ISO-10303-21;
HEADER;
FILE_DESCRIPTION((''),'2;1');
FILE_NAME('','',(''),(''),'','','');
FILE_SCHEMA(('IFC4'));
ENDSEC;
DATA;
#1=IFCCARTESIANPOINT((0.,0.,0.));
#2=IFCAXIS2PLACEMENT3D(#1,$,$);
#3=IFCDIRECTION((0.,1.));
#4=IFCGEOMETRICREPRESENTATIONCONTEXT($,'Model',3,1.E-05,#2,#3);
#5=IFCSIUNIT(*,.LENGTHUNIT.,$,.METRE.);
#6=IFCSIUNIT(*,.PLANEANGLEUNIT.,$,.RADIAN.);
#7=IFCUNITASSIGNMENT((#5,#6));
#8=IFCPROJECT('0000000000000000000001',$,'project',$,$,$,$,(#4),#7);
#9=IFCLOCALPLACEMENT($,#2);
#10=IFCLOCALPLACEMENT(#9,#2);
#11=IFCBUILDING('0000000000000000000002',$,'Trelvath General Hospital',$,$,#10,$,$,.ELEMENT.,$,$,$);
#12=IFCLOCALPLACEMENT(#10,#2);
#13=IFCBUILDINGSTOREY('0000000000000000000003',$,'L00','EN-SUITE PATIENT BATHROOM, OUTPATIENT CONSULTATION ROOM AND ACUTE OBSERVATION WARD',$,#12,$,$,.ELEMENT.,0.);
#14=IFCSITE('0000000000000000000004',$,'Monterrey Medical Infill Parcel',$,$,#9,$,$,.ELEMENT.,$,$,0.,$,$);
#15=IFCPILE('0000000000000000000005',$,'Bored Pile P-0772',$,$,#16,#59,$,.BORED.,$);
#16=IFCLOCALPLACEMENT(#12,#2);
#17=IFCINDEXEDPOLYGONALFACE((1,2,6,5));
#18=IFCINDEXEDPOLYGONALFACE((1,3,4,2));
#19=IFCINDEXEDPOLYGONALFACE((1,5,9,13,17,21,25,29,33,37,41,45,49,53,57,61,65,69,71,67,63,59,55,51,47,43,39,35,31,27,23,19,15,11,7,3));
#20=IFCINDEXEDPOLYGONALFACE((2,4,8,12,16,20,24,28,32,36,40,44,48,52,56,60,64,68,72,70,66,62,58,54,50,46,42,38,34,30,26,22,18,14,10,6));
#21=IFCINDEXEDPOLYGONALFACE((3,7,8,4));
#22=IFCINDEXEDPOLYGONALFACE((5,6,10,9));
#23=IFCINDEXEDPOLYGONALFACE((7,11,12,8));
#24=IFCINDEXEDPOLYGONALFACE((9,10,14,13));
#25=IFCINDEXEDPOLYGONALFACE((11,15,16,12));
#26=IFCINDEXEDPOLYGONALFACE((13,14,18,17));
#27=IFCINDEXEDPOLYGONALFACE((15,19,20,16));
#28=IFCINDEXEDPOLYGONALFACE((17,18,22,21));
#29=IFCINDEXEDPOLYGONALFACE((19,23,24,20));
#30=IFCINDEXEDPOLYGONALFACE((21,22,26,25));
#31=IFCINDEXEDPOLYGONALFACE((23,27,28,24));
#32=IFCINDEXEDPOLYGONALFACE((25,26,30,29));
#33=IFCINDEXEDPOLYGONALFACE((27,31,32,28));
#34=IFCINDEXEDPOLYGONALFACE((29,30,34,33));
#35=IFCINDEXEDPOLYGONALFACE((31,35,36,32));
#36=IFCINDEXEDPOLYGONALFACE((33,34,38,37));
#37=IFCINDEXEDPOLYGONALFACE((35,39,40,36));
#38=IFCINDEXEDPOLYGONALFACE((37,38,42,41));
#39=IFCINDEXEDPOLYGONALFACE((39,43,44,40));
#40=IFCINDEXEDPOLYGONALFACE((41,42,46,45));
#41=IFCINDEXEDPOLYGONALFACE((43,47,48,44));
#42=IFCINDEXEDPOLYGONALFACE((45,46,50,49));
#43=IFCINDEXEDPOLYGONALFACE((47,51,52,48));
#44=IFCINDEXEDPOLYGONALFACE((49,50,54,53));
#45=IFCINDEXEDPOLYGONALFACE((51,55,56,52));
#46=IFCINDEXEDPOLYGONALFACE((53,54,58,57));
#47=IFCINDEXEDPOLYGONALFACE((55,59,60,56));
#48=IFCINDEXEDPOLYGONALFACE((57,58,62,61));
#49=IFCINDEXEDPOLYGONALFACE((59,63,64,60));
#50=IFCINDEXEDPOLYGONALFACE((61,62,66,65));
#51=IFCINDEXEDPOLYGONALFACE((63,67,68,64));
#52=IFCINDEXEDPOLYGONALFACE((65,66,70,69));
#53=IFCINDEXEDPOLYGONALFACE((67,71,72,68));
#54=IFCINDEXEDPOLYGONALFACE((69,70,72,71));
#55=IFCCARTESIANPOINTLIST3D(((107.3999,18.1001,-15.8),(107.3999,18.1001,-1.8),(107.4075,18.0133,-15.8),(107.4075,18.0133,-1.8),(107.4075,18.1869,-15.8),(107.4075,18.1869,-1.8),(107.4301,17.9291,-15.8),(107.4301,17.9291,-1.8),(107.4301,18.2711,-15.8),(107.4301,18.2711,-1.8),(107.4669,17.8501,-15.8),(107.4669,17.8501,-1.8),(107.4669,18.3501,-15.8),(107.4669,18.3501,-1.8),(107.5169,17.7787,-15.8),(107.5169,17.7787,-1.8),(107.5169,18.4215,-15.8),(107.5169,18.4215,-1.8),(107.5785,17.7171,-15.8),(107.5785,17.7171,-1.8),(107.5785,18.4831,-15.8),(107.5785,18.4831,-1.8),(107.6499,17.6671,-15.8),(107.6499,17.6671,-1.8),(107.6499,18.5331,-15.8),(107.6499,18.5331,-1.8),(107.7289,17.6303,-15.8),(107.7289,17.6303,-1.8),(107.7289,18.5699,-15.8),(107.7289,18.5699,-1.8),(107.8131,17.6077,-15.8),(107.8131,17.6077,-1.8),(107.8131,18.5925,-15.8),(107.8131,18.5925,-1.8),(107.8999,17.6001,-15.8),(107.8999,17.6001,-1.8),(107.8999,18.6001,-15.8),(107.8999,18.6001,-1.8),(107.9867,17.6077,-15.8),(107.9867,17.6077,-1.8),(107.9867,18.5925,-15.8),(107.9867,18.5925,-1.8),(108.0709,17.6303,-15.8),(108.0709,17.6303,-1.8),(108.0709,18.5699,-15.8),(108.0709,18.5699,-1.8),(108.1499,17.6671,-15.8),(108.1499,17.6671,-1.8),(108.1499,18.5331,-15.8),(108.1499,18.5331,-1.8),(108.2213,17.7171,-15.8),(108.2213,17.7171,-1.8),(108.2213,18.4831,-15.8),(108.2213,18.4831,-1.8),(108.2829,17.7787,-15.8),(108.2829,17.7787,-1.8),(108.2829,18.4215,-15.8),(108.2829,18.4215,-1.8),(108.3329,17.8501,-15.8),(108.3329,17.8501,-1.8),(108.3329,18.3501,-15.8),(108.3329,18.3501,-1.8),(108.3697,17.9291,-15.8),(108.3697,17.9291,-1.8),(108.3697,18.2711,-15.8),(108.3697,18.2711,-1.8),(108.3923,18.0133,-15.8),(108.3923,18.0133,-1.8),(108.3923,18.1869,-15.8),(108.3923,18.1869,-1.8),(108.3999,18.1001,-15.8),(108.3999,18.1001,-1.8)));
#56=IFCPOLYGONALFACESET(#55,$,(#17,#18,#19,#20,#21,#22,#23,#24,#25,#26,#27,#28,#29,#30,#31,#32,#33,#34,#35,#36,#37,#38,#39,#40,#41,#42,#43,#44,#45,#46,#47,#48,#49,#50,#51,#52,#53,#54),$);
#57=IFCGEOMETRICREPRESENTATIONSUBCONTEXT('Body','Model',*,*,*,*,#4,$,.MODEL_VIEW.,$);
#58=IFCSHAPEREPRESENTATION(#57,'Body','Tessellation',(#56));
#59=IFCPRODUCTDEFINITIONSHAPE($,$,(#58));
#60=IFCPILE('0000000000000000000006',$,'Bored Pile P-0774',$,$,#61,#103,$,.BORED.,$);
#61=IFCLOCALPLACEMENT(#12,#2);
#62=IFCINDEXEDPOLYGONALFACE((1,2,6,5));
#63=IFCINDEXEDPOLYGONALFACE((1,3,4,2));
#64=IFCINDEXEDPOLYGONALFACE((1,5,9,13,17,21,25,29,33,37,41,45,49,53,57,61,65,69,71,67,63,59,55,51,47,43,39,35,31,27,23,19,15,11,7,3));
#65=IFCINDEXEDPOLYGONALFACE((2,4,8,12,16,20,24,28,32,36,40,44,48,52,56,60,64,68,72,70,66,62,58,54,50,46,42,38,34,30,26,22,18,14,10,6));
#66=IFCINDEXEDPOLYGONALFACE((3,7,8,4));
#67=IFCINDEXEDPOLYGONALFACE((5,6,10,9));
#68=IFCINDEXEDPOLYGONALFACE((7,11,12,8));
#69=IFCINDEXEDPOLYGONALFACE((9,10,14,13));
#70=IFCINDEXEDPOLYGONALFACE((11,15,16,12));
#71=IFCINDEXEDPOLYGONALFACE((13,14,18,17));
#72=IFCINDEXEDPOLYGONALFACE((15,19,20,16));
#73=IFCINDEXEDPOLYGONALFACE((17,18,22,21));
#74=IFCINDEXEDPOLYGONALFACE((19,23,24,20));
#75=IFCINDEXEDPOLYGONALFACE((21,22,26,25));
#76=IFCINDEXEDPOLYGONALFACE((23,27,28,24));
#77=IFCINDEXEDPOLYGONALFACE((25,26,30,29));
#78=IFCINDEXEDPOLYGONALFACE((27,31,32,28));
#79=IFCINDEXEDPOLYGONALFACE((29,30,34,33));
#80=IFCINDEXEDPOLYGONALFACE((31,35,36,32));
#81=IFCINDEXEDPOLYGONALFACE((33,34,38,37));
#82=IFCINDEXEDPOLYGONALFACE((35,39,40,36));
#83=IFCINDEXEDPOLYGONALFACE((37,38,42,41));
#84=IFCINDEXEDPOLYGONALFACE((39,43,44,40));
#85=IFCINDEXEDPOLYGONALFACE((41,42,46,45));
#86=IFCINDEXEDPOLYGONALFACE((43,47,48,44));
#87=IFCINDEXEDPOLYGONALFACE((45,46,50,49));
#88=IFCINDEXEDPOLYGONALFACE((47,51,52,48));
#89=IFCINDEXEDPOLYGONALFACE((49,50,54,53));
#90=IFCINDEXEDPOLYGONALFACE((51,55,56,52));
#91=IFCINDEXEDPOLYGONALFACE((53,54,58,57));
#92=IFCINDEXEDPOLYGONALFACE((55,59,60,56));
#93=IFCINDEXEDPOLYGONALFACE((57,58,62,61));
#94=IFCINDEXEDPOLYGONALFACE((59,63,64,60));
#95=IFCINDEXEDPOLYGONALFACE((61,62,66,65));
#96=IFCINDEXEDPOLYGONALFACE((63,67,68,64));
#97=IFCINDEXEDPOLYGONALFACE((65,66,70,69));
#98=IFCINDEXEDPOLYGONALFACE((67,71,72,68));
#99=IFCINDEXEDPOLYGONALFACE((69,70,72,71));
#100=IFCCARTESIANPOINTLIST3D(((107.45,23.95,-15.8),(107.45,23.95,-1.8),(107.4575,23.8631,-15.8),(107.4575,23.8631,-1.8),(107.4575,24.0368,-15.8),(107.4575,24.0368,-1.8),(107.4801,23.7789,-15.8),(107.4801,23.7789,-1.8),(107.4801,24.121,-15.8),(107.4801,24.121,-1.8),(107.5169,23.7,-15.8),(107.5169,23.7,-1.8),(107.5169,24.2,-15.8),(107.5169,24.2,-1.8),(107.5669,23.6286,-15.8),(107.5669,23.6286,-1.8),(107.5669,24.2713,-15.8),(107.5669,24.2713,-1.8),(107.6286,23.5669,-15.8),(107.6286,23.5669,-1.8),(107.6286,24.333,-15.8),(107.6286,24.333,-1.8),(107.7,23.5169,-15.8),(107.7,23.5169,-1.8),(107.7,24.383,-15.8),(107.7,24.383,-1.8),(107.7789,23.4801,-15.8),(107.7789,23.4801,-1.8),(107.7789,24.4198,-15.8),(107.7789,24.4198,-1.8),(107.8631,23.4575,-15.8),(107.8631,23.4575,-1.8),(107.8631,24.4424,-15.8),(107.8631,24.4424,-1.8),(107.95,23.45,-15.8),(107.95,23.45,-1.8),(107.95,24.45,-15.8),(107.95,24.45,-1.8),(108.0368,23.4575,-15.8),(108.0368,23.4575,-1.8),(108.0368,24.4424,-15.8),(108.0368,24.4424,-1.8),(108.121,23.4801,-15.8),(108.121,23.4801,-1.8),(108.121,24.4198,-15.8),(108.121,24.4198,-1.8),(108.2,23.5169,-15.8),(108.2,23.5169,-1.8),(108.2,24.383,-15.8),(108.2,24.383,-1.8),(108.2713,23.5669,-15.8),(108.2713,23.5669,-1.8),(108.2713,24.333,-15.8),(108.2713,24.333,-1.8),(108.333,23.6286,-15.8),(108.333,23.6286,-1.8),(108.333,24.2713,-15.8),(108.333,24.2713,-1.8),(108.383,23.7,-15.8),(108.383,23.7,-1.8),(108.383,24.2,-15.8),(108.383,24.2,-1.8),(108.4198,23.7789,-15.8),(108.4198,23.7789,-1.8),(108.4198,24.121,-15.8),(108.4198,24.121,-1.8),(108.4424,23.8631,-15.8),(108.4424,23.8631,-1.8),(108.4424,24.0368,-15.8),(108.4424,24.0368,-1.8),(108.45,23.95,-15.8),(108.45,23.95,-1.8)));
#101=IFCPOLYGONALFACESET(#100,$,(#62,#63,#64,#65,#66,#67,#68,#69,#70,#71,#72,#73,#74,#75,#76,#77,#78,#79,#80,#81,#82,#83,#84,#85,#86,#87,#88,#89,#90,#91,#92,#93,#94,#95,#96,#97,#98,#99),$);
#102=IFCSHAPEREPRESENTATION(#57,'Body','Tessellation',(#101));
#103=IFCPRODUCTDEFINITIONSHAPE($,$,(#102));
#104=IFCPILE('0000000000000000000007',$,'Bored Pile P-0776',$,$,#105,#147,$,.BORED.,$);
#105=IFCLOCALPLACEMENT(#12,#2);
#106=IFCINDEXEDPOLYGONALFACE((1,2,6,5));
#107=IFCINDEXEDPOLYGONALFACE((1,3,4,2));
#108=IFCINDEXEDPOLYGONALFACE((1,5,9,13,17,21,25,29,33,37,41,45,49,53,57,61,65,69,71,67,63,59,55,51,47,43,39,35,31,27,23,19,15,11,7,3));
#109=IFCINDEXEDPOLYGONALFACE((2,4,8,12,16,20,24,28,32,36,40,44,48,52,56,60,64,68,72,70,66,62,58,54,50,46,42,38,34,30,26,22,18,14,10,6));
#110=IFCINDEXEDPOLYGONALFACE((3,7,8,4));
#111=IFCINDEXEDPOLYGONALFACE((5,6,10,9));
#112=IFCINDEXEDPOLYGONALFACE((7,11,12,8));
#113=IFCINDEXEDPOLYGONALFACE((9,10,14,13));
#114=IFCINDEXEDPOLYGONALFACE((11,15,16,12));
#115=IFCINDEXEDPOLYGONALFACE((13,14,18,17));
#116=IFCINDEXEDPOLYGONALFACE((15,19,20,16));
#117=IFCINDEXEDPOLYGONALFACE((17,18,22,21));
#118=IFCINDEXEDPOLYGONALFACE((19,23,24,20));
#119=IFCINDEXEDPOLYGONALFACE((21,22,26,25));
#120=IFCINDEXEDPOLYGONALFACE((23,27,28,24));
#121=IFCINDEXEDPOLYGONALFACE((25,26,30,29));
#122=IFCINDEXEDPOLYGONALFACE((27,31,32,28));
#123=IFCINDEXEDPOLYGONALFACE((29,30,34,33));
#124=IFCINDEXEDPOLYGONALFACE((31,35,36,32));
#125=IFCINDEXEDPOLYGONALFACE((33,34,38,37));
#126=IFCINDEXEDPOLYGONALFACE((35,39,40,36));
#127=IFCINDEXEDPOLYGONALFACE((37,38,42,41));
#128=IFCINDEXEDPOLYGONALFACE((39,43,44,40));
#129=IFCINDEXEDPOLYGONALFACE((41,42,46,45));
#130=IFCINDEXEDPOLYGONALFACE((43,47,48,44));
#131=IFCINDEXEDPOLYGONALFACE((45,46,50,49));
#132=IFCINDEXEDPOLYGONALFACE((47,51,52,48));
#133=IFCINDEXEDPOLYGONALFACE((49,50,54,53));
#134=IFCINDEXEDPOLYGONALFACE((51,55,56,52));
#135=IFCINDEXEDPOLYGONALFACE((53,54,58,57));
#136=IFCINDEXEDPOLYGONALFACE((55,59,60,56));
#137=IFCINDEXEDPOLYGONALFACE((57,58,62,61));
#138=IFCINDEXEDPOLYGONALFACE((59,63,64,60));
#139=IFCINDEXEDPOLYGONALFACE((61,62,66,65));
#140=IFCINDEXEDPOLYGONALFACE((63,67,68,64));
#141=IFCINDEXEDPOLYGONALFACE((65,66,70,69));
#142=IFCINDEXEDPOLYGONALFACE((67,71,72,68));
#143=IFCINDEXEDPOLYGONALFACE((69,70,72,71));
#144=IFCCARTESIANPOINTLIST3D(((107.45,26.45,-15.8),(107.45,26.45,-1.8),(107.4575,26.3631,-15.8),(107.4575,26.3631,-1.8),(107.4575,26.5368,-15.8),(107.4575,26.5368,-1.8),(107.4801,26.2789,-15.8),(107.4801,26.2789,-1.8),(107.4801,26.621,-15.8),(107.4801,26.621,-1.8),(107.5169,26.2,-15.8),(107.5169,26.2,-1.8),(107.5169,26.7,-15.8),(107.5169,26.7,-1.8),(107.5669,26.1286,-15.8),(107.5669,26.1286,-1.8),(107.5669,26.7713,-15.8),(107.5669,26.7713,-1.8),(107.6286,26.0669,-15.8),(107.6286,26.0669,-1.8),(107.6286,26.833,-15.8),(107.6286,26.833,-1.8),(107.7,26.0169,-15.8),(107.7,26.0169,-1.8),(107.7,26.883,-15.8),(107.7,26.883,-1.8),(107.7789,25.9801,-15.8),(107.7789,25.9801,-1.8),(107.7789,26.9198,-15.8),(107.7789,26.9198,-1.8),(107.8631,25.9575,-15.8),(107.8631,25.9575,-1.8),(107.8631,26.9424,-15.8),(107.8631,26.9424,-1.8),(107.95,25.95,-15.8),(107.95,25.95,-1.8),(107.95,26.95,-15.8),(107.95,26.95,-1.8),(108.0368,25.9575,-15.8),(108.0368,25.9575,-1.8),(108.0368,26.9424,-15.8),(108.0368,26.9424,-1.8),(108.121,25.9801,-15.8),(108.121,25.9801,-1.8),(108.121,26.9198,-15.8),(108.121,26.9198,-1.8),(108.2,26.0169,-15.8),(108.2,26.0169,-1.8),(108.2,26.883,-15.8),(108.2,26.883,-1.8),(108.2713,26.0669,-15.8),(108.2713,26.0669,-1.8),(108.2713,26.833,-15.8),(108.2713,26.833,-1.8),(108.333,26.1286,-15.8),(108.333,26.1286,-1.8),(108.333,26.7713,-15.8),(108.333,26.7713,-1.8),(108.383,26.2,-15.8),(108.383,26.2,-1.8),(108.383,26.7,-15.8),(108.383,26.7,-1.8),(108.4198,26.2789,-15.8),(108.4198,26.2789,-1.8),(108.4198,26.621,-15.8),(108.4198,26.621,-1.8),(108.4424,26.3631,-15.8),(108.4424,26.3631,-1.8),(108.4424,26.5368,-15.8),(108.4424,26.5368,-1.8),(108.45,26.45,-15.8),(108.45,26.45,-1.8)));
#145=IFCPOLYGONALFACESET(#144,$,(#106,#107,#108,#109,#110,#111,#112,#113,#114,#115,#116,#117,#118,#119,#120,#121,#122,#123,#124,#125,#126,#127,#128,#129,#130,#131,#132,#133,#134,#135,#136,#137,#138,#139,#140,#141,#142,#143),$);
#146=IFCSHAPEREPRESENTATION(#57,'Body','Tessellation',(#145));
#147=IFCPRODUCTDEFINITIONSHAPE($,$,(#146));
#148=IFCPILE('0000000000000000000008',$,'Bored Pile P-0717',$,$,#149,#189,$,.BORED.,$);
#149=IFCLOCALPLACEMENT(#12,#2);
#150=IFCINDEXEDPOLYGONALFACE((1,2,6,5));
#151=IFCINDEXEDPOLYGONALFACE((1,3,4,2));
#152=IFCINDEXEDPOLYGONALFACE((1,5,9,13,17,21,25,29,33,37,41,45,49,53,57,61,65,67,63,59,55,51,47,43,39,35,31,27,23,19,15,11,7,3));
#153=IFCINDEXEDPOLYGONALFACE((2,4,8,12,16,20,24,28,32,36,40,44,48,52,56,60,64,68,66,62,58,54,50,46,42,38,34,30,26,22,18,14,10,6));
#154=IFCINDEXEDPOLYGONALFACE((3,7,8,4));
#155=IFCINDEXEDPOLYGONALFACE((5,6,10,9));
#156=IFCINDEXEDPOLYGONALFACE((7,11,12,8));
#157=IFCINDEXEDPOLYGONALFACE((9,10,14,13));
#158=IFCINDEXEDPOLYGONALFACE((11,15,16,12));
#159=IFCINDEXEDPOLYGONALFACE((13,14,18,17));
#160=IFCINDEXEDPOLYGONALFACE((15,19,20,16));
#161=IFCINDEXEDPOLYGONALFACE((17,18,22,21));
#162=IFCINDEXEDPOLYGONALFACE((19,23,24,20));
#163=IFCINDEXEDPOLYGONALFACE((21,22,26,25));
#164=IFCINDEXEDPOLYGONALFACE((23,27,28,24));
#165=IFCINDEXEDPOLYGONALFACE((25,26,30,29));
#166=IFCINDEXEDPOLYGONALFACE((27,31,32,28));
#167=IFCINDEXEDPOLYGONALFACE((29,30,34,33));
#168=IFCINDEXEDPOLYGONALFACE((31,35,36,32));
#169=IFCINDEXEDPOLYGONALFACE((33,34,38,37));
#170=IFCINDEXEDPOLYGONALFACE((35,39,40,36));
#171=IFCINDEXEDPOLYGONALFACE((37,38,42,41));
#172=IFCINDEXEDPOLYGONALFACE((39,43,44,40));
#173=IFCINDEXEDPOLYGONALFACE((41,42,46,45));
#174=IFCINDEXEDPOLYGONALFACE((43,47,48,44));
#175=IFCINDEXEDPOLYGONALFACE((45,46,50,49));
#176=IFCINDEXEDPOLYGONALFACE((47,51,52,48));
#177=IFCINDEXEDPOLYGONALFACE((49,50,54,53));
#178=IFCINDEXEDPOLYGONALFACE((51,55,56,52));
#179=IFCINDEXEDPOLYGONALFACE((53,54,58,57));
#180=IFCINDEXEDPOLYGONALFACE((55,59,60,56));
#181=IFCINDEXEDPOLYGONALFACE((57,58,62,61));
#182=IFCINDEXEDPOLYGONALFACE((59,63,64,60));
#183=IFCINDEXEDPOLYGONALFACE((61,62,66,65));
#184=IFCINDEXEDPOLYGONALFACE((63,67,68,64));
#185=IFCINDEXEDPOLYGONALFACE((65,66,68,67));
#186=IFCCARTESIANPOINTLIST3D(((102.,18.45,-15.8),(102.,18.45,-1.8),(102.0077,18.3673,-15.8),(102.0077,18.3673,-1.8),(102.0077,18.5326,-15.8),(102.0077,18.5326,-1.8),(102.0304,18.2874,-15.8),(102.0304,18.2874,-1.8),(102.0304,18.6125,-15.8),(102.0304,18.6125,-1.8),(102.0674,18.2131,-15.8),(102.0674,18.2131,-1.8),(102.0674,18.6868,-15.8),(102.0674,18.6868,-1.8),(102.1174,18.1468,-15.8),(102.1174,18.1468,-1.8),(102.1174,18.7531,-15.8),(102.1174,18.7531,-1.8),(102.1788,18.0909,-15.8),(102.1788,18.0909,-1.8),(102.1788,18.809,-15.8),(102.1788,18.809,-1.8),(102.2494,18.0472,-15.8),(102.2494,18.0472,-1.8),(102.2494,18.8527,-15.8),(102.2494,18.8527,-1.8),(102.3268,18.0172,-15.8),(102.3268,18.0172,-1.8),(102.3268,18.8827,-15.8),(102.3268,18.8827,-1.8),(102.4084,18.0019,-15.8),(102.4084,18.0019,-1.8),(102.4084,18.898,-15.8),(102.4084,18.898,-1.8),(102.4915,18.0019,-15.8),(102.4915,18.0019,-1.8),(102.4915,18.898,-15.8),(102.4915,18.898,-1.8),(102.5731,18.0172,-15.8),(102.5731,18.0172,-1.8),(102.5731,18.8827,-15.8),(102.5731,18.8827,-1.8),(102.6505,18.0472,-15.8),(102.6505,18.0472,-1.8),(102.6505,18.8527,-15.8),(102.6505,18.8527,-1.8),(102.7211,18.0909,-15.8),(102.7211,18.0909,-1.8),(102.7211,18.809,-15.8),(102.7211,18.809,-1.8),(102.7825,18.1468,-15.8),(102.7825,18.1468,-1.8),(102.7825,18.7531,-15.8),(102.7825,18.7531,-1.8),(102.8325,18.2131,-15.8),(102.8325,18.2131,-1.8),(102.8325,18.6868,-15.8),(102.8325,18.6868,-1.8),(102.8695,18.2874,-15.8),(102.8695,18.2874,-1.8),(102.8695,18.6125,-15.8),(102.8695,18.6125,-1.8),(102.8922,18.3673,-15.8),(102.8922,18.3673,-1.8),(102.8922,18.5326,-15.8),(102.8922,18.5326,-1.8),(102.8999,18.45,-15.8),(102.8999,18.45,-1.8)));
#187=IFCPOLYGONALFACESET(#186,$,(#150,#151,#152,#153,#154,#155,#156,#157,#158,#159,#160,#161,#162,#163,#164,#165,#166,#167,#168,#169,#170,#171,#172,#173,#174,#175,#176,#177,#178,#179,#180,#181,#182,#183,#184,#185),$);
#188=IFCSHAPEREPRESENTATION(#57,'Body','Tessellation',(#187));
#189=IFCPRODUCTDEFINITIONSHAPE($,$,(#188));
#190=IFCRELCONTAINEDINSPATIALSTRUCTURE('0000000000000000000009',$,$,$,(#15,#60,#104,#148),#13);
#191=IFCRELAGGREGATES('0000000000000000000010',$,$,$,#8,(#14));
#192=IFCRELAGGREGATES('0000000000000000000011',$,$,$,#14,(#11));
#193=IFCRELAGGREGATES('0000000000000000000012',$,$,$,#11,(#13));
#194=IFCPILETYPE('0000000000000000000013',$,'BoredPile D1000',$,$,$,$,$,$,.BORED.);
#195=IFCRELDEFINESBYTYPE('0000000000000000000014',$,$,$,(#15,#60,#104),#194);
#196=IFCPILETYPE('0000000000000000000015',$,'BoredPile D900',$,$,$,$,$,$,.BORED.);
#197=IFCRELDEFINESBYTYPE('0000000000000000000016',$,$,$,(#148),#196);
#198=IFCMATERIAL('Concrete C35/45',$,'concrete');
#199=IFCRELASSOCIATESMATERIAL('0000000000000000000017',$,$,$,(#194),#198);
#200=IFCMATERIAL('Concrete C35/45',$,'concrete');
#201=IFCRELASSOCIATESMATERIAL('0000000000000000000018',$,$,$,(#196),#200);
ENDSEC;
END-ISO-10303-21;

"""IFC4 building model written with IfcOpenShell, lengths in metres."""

from ifc_helpers import new_model, si_unit, direction, frame, origin, origin_2d, place, context, subcontext, project, spatial, circle, extrude, material, material_profile, profile_set, type_object, element, save


model = new_model("IFC4")

# Units and contexts
model_context = context("Model", 3, precision=1e-05, world=origin(), true_north=direction((0.0, 1.0)))
body_context = subcontext(model_context, "Body", "Model", "MODEL_VIEW")
ifc_project = project(units=[si_unit("LENGTHUNIT", "METRE"), si_unit("PLANEANGLEUNIT", "RADIAN")], contexts=[model_context])

# Site, building, storey
site_placement = place(None, origin())
site = spatial("IfcSite", under=ifc_project, at=site_placement, Name="Monterrey Medical Infill Parcel", CompositionType="ELEMENT", RefElevation=0.0)
building_placement = place(site_placement, origin())
building = spatial("IfcBuilding", under=site, at=building_placement, Name="Trelvath General Hospital", CompositionType="ELEMENT")
storey_placement = place(building_placement, origin())
storey = spatial("IfcBuildingStorey", under=building, at=storey_placement, Name="L00", Description="EN-SUITE PATIENT BATHROOM, OUTPATIENT CONSULTATION ROOM AND ACUTE OBSERVATION WARD", CompositionType="ELEMENT", Elevation=0.0)

# Piles
ifc_material_1 = material(Name="Concrete C35/45", Category="concrete")
ifc_material_profile_1 = material_profile(ifc_material_1, circle(Radius=0.5, at=origin_2d()), Name="PILE1000")
ifc_profile_set_1 = profile_set([ifc_material_profile_1], Name="Concrete C35/45")
pile_type_1 = type_object("IfcPileType", Name="BoredPile D1000", PredefinedType="BORED", material=ifc_profile_set_1)
for number, where, z_axis, x_axis, name in (
    (1, (107.8999, 18.1001, -1.8), (0.0, 0.0, -1.0), (1.0, 0.0, 0.0), "Bored Pile P-0772"),
    (2, (107.95, 23.95, -1.8), (0.0, 0.0, -1.0), (1.0, 0.0, 0.0), "Bored Pile P-0774"),
    (3, (107.95, 26.45, -1.8), (0.0, 0.0, -1.0), (1.0, 0.0, 0.0), "Bored Pile P-0776"),
):
    element("IfcPile", number, at=place(storey_placement, frame(where, z_axis=z_axis, x_axis=x_axis)), inside=storey, type_object=pile_type_1, Name=name, PredefinedType="BORED", context=body_context, shape_type="SweptSolid", body=[
        extrude(circle(Radius=0.5, at=origin_2d()), origin(), (0.0, 0.0, 1.0), 14.0),
    ])
ifc_material_2 = material(Name="Concrete C35/45", Category="concrete")
ifc_material_profile_2 = material_profile(ifc_material_2, circle(Radius=0.45, at=origin_2d()), Name="PILE900")
ifc_profile_set_2 = profile_set([ifc_material_profile_2], Name="Concrete C35/45")
pile_type_2 = type_object("IfcPileType", Name="BoredPile D900", PredefinedType="BORED", material=ifc_profile_set_2)
for number, where, z_axis, x_axis, name in (
    (4, (102.45, 18.45, -1.8), (0.0, 0.0, -1.0), (1.0, 0.0, 0.0), "Bored Pile P-0717"),
):
    element("IfcPile", number, at=place(storey_placement, frame(where, z_axis=z_axis, x_axis=x_axis)), inside=storey, type_object=pile_type_2, Name=name, PredefinedType="BORED", context=body_context, shape_type="SweptSolid", body=[
        extrude(circle(Radius=0.45, at=origin_2d()), origin(), (0.0, 0.0, 1.0), 14.0),
    ])

save(model, "model.ifc")
